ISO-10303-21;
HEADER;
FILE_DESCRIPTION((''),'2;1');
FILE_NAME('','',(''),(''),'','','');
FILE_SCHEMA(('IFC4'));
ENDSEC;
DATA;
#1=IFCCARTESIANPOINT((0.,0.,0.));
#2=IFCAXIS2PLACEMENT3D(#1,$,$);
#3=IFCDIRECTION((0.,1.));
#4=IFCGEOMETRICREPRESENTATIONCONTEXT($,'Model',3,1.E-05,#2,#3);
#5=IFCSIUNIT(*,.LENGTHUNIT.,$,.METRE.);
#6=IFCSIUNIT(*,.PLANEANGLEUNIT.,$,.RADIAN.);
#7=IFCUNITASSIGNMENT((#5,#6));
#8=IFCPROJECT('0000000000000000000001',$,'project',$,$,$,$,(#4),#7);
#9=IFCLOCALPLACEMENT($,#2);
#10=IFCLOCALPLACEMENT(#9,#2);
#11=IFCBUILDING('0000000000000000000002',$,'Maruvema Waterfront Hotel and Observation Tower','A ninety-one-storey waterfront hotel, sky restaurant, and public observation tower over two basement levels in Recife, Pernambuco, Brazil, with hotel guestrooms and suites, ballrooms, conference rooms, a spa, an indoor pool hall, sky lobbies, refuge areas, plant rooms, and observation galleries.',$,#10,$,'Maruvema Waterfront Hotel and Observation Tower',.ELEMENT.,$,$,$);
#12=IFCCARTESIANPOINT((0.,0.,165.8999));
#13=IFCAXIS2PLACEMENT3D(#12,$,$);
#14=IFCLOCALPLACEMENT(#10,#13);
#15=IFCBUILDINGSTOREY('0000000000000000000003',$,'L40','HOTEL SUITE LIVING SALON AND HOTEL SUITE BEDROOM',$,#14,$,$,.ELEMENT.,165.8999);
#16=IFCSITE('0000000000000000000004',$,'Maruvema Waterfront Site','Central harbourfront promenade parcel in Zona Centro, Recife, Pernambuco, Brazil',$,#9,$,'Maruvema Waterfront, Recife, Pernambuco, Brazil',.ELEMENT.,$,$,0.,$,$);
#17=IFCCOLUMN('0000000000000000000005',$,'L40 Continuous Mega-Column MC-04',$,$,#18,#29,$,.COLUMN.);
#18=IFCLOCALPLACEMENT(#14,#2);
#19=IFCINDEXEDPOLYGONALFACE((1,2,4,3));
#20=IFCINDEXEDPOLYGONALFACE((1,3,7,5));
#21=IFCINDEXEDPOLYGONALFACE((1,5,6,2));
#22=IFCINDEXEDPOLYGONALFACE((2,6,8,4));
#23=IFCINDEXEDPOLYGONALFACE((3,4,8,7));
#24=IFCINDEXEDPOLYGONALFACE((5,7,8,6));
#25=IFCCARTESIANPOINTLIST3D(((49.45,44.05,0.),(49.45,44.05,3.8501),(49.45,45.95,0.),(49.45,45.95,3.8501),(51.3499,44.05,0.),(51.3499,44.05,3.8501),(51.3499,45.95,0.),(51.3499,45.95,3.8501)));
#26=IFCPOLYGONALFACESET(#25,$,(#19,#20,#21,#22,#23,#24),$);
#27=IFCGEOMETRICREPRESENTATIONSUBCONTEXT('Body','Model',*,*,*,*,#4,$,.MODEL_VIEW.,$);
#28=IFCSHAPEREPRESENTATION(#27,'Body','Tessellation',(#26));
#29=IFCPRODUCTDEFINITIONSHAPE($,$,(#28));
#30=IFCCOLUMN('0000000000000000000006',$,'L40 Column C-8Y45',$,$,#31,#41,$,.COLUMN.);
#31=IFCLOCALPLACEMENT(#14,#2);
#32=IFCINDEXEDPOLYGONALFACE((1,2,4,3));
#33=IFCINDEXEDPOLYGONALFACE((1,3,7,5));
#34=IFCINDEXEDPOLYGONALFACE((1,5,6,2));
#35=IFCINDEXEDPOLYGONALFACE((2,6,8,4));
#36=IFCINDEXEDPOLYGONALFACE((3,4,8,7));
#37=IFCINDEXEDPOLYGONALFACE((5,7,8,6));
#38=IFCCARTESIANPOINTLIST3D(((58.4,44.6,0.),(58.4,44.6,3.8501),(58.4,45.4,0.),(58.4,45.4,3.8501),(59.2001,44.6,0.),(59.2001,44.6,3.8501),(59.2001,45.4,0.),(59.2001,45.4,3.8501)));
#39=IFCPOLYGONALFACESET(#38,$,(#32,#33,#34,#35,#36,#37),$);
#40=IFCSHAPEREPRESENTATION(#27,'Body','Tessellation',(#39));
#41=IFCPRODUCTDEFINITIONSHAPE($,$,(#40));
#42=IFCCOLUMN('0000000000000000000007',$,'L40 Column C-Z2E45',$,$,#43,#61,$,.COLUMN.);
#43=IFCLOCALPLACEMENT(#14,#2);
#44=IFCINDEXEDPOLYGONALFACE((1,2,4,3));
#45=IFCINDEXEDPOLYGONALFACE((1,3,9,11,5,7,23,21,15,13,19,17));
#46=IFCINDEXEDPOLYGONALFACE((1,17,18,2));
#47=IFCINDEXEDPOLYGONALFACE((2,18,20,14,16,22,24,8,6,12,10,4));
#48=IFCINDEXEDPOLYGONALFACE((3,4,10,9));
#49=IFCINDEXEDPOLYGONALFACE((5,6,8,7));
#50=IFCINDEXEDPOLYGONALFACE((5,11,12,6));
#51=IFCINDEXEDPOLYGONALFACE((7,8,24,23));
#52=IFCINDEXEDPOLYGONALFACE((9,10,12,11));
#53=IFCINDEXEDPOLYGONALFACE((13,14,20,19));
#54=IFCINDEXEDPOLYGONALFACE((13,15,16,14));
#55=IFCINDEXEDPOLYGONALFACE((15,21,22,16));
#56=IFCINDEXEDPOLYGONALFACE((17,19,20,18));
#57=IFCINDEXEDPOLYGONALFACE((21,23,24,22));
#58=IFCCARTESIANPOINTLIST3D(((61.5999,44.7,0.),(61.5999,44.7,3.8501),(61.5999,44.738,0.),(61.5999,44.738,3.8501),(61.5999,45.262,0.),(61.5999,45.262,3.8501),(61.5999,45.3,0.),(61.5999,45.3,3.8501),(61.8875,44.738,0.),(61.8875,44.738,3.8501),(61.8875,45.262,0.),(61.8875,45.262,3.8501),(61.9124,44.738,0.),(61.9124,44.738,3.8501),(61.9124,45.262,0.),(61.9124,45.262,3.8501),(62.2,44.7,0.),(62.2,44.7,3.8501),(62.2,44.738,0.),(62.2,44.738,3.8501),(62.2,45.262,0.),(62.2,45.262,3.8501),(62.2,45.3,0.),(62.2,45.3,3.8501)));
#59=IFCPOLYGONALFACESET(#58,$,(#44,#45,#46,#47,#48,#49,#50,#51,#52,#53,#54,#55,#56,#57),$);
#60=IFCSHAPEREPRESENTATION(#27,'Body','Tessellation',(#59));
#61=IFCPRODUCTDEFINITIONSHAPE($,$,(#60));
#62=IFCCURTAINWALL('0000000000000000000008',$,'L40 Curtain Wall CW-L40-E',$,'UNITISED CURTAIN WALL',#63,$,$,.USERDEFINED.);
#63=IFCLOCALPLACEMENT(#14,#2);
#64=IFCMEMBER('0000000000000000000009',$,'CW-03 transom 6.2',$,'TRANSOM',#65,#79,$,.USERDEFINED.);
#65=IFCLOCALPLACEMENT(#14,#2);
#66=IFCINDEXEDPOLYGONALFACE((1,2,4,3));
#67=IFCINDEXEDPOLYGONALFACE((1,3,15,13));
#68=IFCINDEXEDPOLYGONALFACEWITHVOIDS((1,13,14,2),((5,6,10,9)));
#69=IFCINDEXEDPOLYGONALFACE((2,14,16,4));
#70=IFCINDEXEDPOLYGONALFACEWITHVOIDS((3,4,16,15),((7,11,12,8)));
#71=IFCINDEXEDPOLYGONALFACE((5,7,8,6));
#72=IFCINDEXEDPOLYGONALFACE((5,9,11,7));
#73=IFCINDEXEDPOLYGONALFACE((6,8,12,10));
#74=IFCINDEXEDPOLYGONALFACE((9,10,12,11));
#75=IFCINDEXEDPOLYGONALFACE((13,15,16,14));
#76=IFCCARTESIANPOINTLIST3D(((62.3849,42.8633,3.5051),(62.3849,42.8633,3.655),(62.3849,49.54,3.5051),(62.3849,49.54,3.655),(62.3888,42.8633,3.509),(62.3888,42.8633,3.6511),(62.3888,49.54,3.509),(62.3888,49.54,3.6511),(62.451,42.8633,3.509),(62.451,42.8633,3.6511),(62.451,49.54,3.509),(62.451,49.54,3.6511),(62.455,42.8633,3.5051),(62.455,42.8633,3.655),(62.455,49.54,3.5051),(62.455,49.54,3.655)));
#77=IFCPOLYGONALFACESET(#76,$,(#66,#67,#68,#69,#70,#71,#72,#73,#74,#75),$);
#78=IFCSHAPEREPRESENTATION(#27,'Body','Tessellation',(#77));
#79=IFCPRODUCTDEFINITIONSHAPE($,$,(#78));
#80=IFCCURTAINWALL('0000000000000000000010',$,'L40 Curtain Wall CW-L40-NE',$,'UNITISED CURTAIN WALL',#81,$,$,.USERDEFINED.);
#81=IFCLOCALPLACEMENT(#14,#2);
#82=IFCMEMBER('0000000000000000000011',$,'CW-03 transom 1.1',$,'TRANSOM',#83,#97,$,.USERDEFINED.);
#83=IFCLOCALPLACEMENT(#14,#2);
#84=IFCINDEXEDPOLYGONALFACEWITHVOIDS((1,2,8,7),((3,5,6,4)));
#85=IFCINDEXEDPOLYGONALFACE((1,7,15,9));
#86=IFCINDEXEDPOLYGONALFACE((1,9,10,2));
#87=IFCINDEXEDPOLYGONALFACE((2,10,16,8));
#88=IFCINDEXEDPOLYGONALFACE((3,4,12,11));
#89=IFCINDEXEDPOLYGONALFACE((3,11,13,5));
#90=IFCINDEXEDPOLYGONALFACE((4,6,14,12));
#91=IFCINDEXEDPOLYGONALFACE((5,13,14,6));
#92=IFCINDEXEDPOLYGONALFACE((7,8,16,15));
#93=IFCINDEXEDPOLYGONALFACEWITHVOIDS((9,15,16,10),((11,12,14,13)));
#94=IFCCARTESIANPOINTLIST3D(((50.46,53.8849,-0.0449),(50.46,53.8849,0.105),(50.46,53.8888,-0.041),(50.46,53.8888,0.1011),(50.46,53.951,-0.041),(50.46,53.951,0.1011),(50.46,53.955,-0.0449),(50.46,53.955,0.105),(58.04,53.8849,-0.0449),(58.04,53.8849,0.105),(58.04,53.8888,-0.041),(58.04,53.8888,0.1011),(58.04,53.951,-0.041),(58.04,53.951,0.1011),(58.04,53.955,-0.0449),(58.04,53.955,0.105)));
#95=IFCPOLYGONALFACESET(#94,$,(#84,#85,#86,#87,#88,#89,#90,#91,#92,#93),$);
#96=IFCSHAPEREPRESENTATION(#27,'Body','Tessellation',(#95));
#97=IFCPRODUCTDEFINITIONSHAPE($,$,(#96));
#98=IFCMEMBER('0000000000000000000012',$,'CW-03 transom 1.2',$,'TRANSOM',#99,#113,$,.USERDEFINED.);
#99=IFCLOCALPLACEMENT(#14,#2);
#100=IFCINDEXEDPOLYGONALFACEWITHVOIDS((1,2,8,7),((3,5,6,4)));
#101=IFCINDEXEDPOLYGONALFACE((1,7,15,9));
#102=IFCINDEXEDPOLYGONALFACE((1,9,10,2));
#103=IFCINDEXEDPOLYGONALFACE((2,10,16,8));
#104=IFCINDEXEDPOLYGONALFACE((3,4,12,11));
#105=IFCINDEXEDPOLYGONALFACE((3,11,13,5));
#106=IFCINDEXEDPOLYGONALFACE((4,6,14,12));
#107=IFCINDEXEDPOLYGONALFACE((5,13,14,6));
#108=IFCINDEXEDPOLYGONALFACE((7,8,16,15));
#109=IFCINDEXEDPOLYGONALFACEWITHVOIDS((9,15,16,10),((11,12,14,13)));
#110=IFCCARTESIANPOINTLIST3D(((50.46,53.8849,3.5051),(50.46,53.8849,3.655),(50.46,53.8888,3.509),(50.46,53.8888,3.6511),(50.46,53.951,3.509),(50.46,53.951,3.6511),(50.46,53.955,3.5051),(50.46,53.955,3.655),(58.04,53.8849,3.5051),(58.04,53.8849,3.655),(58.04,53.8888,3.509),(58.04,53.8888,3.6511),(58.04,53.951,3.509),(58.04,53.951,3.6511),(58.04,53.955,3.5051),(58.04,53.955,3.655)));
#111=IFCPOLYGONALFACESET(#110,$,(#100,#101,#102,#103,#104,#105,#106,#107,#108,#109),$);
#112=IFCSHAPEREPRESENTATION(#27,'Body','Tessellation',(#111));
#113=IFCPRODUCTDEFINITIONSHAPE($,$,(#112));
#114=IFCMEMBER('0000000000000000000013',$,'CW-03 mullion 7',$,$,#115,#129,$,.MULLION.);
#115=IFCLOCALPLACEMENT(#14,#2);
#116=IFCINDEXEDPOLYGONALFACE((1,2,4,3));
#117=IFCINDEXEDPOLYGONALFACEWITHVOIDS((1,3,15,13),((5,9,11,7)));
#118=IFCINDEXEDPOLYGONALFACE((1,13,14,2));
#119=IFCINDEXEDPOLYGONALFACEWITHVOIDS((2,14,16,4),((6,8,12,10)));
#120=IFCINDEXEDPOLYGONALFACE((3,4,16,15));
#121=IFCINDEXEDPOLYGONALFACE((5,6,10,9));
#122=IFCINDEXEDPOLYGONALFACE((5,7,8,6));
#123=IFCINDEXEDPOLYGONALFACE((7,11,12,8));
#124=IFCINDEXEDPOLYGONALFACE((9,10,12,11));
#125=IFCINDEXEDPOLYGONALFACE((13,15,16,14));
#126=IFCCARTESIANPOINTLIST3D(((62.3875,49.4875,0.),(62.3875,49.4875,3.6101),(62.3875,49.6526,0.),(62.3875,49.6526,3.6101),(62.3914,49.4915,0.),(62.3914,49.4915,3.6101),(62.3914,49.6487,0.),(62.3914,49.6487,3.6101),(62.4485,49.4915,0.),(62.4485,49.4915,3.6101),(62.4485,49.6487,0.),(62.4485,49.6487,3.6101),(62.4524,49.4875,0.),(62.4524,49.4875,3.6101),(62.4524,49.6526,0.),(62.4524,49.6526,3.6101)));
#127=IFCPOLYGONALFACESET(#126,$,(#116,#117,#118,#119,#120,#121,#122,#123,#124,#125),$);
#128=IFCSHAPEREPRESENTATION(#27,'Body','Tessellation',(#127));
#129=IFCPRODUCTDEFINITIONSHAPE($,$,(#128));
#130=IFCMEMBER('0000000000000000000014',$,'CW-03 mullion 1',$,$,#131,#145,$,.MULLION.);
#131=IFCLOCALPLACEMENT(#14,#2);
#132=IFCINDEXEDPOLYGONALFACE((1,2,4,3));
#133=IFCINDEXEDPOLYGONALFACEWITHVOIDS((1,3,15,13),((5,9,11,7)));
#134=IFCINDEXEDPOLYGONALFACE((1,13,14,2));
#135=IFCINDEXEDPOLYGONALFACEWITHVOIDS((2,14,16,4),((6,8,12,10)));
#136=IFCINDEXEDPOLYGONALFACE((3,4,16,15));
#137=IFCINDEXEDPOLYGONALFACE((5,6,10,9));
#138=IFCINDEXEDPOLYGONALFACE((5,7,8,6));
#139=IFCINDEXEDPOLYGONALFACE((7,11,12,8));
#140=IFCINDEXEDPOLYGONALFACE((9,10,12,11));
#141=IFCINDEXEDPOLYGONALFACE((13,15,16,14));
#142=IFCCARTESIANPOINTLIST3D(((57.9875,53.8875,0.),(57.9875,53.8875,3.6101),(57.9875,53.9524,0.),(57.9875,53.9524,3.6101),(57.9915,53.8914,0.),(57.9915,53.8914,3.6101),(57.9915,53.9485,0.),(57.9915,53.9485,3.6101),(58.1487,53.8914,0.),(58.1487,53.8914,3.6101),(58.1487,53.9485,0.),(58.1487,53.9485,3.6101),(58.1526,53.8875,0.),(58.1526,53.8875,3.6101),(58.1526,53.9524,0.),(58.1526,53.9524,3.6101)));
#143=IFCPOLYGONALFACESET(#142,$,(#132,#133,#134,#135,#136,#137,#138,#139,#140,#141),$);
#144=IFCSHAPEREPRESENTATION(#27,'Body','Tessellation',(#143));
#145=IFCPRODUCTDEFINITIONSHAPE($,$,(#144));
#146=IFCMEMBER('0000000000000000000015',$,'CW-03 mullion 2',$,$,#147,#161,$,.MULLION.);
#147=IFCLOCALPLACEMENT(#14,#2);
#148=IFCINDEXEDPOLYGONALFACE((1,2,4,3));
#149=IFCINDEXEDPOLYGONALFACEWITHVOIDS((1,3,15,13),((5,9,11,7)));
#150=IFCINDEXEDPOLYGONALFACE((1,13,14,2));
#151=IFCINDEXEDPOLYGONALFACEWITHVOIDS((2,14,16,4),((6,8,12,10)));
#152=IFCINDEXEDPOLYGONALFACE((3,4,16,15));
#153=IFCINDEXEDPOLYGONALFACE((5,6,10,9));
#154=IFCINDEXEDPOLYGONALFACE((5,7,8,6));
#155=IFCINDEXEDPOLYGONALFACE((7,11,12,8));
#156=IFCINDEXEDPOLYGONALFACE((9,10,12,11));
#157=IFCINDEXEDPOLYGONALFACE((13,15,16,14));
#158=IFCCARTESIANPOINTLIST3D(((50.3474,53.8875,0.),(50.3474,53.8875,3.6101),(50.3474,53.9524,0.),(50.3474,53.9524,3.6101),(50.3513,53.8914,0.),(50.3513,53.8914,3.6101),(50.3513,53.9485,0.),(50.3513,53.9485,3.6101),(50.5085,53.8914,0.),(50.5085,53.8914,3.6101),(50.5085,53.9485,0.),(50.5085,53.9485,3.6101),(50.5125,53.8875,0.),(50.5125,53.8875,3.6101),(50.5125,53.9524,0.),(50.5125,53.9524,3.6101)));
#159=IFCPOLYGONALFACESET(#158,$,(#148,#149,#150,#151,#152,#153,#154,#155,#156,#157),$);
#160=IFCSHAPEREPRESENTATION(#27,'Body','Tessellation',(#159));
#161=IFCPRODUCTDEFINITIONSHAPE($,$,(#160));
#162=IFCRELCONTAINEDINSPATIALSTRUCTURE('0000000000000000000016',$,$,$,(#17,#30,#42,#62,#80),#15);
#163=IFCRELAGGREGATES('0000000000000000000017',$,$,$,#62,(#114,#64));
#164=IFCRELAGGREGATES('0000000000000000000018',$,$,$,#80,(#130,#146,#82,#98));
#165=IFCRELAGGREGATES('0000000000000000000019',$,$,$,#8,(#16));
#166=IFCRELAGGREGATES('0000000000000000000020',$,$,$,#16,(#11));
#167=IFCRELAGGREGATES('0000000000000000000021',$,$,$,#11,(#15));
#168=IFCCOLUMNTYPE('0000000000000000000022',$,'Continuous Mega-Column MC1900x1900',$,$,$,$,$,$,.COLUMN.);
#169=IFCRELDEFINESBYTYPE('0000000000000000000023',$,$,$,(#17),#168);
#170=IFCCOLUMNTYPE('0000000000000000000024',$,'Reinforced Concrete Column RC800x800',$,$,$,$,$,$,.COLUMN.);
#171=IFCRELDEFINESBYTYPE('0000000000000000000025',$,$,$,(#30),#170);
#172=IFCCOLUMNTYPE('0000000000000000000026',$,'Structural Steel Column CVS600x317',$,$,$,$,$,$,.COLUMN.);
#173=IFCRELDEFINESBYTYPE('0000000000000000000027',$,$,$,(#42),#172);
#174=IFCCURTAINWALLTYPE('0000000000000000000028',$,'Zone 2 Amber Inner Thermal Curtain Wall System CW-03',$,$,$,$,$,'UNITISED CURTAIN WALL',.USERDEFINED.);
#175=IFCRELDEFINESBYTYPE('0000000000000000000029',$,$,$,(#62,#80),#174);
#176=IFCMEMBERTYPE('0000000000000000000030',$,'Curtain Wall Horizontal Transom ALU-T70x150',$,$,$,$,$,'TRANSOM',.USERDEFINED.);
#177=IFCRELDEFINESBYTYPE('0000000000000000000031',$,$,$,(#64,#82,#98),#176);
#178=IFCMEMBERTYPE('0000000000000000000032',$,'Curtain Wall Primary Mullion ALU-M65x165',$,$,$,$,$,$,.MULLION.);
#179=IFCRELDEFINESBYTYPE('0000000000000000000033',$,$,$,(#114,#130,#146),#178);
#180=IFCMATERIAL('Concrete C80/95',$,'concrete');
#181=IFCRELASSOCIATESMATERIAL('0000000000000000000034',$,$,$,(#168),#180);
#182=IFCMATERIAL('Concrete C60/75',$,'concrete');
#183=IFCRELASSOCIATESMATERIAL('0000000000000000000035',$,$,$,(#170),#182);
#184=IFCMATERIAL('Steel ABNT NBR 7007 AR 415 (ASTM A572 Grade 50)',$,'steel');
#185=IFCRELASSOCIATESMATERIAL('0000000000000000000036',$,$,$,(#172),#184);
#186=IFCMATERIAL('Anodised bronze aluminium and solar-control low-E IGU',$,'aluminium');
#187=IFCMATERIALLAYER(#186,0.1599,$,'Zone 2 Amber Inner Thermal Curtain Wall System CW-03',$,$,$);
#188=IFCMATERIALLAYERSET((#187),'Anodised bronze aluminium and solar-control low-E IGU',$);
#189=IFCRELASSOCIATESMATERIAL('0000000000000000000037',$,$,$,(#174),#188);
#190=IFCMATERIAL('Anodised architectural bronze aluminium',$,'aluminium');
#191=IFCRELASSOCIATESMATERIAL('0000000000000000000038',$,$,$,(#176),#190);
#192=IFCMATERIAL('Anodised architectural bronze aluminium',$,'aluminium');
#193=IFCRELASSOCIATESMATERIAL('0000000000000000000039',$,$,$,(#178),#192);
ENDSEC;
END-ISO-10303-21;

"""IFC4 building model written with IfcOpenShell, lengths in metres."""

from ifc_helpers import new_model, si_unit, direction, frame, origin, origin_2d, place, context, subcontext, project, spatial, rectangle, hollow_rectangle, i_section, extrude, material, layer, layer_set, material_profile, profile_set, type_object, element, aggregate, save


model = new_model("IFC4")

# Units and contexts
model_context = context("Model", 3, precision=1e-05, world=origin(), true_north=direction((0.0, 1.0)))
body_context = subcontext(model_context, "Body", "Model", "MODEL_VIEW")
ifc_project = project(units=[si_unit("LENGTHUNIT", "METRE"), si_unit("PLANEANGLEUNIT", "RADIAN")], contexts=[model_context])

# Site, building, storey
site_placement = place(None, origin())
site = spatial("IfcSite", under=ifc_project, at=site_placement, Name="Maruvema Waterfront Site", Description="Central harbourfront promenade parcel in Zona Centro, Recife, Pernambuco, Brazil", LongName="Maruvema Waterfront, Recife, Pernambuco, Brazil", CompositionType="ELEMENT", RefElevation=0.0)
building_placement = place(site_placement, origin())
building = spatial("IfcBuilding", under=site, at=building_placement, Name="Maruvema Waterfront Hotel and Observation Tower", Description="A ninety-one-storey waterfront hotel, sky restaurant, and public observation tower over two basement levels in Recife, Pernambuco, Brazil, with hotel guestrooms and suites, ballrooms, conference rooms, a spa, an indoor pool hall, sky lobbies, refuge areas, plant rooms, and observation galleries.", LongName="Maruvema Waterfront Hotel and Observation Tower", CompositionType="ELEMENT")
storey_placement = place(building_placement, frame((0.0, 0.0, 165.8999)))
storey = spatial("IfcBuildingStorey", under=building, at=storey_placement, Name="L40", Description="HOTEL SUITE LIVING SALON AND HOTEL SUITE BEDROOM", CompositionType="ELEMENT", Elevation=165.8999)

# Columns
ifc_material_1 = material(Name="Concrete C80/95", Category="concrete")
ifc_material_profile_1 = material_profile(ifc_material_1, rectangle(XDim=1.8999, YDim=1.8999, at=origin_2d()), Name="MC1900x1900")
ifc_profile_set_1 = profile_set([ifc_material_profile_1], Name="Concrete C80/95")
column_type_1 = type_object("IfcColumnType", Name="Continuous Mega-Column MC1900x1900", PredefinedType="COLUMN", material=ifc_profile_set_1)
column_1_placement = place(storey_placement, frame((50.3999, 45.0, 0.0), z_axis=(0.0, 0.0, 1.0), x_axis=(1.0, 0.0, 0.0)))
element("IfcColumn", 1, at=column_1_placement, inside=storey, type_object=column_type_1, Name="L40 Continuous Mega-Column MC-04", PredefinedType="COLUMN", context=body_context, shape_type="SweptSolid", body=[
    extrude(rectangle(XDim=1.8999, YDim=1.8999, at=origin_2d()), origin(), (0.0, 0.0, 1.0), 3.8501),
])
ifc_material_2 = material(Name="Concrete C60/75", Category="concrete")
ifc_material_profile_2 = material_profile(ifc_material_2, rectangle(XDim=0.8, YDim=0.8, at=origin_2d()), Name="RC800x800")
ifc_profile_set_2 = profile_set([ifc_material_profile_2], Name="Concrete C60/75")
column_type_2 = type_object("IfcColumnType", Name="Reinforced Concrete Column RC800x800", PredefinedType="COLUMN", material=ifc_profile_set_2)
column_2_placement = place(storey_placement, frame((58.8, 45.0, 0.0), z_axis=(0.0, 0.0, 1.0), x_axis=(1.0, 0.0, 0.0)))
element("IfcColumn", 2, at=column_2_placement, inside=storey, type_object=column_type_2, Name="L40 Column C-8Y45", PredefinedType="COLUMN", context=body_context, shape_type="SweptSolid", body=[
    extrude(rectangle(XDim=0.8, YDim=0.8, at=origin_2d()), origin(), (0.0, 0.0, 1.0), 3.8501),
])
ifc_material_3 = material(Name="Steel ABNT NBR 7007 AR 415 (ASTM A572 Grade 50)", Category="steel")
ifc_material_profile_3 = material_profile(ifc_material_3, i_section(OverallWidth=0.6001, OverallDepth=0.6001, WebThickness=0.0249, FlangeThickness=0.0381, at=origin_2d()), Name="CVS600x317")
ifc_profile_set_3 = profile_set([ifc_material_profile_3], Name="Steel ABNT NBR 7007 AR 415 (ASTM A572 Grade 50)")
column_type_3 = type_object("IfcColumnType", Name="Structural Steel Column CVS600x317", PredefinedType="COLUMN", material=ifc_profile_set_3)
column_3_placement = place(storey_placement, frame((61.8999, 45.0, 0.0), z_axis=(0.0, 0.0, 1.0), x_axis=(1.0, 0.0, 0.0)))
element("IfcColumn", 3, at=column_3_placement, inside=storey, type_object=column_type_3, Name="L40 Column C-Z2E45", PredefinedType="COLUMN", context=body_context, shape_type="SweptSolid", body=[
    extrude(i_section(OverallWidth=0.6001, OverallDepth=0.6001, WebThickness=0.0249, FlangeThickness=0.0381, at=origin_2d()), origin(), (0.0, 0.0, 1.0), 3.8501),
])

# Curtain wall, member
ifc_material_4 = material(Name="Anodised bronze aluminium and solar-control low-E IGU", Category="aluminium")
ifc_layer_1 = layer(ifc_material_4, 0.1599, Name="Zone 2 Amber Inner Thermal Curtain Wall System CW-03")
ifc_layer_set_1 = layer_set([ifc_layer_1], Name="Anodised bronze aluminium and solar-control low-E IGU")
curtain_wall_type = type_object("IfcCurtainWallType", Name="Zone 2 Amber Inner Thermal Curtain Wall System CW-03", ElementType="UNITISED CURTAIN WALL", PredefinedType="USERDEFINED", material=ifc_layer_set_1)
curtain_wall_1_placement = place(storey_placement, origin())
curtain_wall_1 = element("IfcCurtainWall", 4, at=curtain_wall_1_placement, inside=storey, type_object=curtain_wall_type, Name="L40 Curtain Wall CW-L40-E", ObjectType="UNITISED CURTAIN WALL", PredefinedType="USERDEFINED")
ifc_material_5 = material(Name="Anodised architectural bronze aluminium", Category="aluminium")
ifc_material_profile_4 = material_profile(ifc_material_5, hollow_rectangle(XDim=0.0701, YDim=0.1499, WallThickness=0.0039, at=origin_2d()), Name="ALU-T70x150")
ifc_profile_set_4 = profile_set([ifc_material_profile_4], Name="Anodised architectural bronze aluminium")
member_type_1 = type_object("IfcMemberType", Name="Curtain Wall Horizontal Transom ALU-T70x150", ElementType="TRANSOM", PredefinedType="USERDEFINED", material=ifc_profile_set_4)
member_1_placement = place(storey_placement, frame((62.4199, 42.8633, 3.5801), z_axis=(0.0, 1.0, 0.0), x_axis=(-1.0, 0.0, 0.0)))
member_1 = element("IfcMember", 5, at=member_1_placement, type_object=member_type_1, Name="CW-03 transom 6.2", ObjectType="TRANSOM", PredefinedType="USERDEFINED", context=body_context, shape_type="SweptSolid", body=[
    extrude(hollow_rectangle(XDim=0.0701, YDim=0.1499, WallThickness=0.0039, at=origin_2d()), origin(), (0.0, 0.0, 1.0), 6.6768),
])

# Curtain wall, members
curtain_wall_2_placement = place(storey_placement, origin())
curtain_wall_2 = element("IfcCurtainWall", 6, at=curtain_wall_2_placement, inside=storey, type_object=curtain_wall_type, Name="L40 Curtain Wall CW-L40-NE", ObjectType="UNITISED CURTAIN WALL", PredefinedType="USERDEFINED")
member_2_placement = place(storey_placement, frame((58.04, 53.9199, 0.03), z_axis=(-1.0, 0.0, 0.0), x_axis=(0.0, -1.0, 0.0)))
member_2 = element("IfcMember", 7, at=member_2_placement, type_object=member_type_1, Name="CW-03 transom 1.1", ObjectType="TRANSOM", PredefinedType="USERDEFINED", context=body_context, shape_type="SweptSolid", body=[
    extrude(hollow_rectangle(XDim=0.0701, YDim=0.1499, WallThickness=0.0039, at=origin_2d()), origin(), (0.0, 0.0, 1.0), 7.5801),
])
member_3_placement = place(storey_placement, frame((58.04, 53.9199, 3.5801), z_axis=(-1.0, 0.0, 0.0), x_axis=(0.0, -1.0, 0.0)))
member_3 = element("IfcMember", 8, at=member_3_placement, type_object=member_type_1, Name="CW-03 transom 1.2", ObjectType="TRANSOM", PredefinedType="USERDEFINED", context=body_context, shape_type="SweptSolid", body=[
    extrude(hollow_rectangle(XDim=0.0701, YDim=0.1499, WallThickness=0.0039, at=origin_2d()), origin(), (0.0, 0.0, 1.0), 7.5801),
])

# Members
ifc_material_6 = material(Name="Anodised architectural bronze aluminium", Category="aluminium")
ifc_material_profile_5 = material_profile(ifc_material_6, hollow_rectangle(XDim=0.0649, YDim=0.165, WallThickness=0.0039, at=origin_2d()), Name="ALU-M65x165")
ifc_profile_set_5 = profile_set([ifc_material_profile_5], Name="Anodised architectural bronze aluminium")
member_type_2 = type_object("IfcMemberType", Name="Curtain Wall Primary Mullion ALU-M65x165", PredefinedType="MULLION", material=ifc_profile_set_5)
member_4_placement = place(storey_placement, frame((62.4199, 49.5701, 0.0), z_axis=(0.0, 0.0, 1.0), x_axis=(-1.0, 0.0, 0.0)))
member_4 = element("IfcMember", 9, at=member_4_placement, type_object=member_type_2, Name="CW-03 mullion 7", PredefinedType="MULLION", context=body_context, shape_type="SweptSolid", body=[
    extrude(hollow_rectangle(XDim=0.0649, YDim=0.165, WallThickness=0.0039, at=origin_2d()), origin(), (0.0, 0.0, 1.0), 3.6101),
])
member_5_placement = place(storey_placement, frame((58.0701, 53.9199, 0.0), z_axis=(0.0, 0.0, 1.0), x_axis=(0.0, -1.0, 0.0)))
member_5 = element("IfcMember", 10, at=member_5_placement, type_object=member_type_2, Name="CW-03 mullion 1", PredefinedType="MULLION", context=body_context, shape_type="SweptSolid", body=[
    extrude(hollow_rectangle(XDim=0.0649, YDim=0.165, WallThickness=0.0039, at=origin_2d()), origin(), (0.0, 0.0, 1.0), 3.6101),
])
member_6_placement = place(storey_placement, frame((50.4299, 53.9199, 0.0), z_axis=(0.0, 0.0, 1.0), x_axis=(0.0, -1.0, 0.0)))
member_6 = element("IfcMember", 11, at=member_6_placement, type_object=member_type_2, Name="CW-03 mullion 2", PredefinedType="MULLION", context=body_context, shape_type="SweptSolid", body=[
    extrude(hollow_rectangle(XDim=0.0649, YDim=0.165, WallThickness=0.0039, at=origin_2d()), origin(), (0.0, 0.0, 1.0), 3.6101),
])

aggregate(curtain_wall_1, [member_4, member_1])
aggregate(curtain_wall_2, [member_5, member_6, member_2, member_3])

save(model, "model.ifc")
